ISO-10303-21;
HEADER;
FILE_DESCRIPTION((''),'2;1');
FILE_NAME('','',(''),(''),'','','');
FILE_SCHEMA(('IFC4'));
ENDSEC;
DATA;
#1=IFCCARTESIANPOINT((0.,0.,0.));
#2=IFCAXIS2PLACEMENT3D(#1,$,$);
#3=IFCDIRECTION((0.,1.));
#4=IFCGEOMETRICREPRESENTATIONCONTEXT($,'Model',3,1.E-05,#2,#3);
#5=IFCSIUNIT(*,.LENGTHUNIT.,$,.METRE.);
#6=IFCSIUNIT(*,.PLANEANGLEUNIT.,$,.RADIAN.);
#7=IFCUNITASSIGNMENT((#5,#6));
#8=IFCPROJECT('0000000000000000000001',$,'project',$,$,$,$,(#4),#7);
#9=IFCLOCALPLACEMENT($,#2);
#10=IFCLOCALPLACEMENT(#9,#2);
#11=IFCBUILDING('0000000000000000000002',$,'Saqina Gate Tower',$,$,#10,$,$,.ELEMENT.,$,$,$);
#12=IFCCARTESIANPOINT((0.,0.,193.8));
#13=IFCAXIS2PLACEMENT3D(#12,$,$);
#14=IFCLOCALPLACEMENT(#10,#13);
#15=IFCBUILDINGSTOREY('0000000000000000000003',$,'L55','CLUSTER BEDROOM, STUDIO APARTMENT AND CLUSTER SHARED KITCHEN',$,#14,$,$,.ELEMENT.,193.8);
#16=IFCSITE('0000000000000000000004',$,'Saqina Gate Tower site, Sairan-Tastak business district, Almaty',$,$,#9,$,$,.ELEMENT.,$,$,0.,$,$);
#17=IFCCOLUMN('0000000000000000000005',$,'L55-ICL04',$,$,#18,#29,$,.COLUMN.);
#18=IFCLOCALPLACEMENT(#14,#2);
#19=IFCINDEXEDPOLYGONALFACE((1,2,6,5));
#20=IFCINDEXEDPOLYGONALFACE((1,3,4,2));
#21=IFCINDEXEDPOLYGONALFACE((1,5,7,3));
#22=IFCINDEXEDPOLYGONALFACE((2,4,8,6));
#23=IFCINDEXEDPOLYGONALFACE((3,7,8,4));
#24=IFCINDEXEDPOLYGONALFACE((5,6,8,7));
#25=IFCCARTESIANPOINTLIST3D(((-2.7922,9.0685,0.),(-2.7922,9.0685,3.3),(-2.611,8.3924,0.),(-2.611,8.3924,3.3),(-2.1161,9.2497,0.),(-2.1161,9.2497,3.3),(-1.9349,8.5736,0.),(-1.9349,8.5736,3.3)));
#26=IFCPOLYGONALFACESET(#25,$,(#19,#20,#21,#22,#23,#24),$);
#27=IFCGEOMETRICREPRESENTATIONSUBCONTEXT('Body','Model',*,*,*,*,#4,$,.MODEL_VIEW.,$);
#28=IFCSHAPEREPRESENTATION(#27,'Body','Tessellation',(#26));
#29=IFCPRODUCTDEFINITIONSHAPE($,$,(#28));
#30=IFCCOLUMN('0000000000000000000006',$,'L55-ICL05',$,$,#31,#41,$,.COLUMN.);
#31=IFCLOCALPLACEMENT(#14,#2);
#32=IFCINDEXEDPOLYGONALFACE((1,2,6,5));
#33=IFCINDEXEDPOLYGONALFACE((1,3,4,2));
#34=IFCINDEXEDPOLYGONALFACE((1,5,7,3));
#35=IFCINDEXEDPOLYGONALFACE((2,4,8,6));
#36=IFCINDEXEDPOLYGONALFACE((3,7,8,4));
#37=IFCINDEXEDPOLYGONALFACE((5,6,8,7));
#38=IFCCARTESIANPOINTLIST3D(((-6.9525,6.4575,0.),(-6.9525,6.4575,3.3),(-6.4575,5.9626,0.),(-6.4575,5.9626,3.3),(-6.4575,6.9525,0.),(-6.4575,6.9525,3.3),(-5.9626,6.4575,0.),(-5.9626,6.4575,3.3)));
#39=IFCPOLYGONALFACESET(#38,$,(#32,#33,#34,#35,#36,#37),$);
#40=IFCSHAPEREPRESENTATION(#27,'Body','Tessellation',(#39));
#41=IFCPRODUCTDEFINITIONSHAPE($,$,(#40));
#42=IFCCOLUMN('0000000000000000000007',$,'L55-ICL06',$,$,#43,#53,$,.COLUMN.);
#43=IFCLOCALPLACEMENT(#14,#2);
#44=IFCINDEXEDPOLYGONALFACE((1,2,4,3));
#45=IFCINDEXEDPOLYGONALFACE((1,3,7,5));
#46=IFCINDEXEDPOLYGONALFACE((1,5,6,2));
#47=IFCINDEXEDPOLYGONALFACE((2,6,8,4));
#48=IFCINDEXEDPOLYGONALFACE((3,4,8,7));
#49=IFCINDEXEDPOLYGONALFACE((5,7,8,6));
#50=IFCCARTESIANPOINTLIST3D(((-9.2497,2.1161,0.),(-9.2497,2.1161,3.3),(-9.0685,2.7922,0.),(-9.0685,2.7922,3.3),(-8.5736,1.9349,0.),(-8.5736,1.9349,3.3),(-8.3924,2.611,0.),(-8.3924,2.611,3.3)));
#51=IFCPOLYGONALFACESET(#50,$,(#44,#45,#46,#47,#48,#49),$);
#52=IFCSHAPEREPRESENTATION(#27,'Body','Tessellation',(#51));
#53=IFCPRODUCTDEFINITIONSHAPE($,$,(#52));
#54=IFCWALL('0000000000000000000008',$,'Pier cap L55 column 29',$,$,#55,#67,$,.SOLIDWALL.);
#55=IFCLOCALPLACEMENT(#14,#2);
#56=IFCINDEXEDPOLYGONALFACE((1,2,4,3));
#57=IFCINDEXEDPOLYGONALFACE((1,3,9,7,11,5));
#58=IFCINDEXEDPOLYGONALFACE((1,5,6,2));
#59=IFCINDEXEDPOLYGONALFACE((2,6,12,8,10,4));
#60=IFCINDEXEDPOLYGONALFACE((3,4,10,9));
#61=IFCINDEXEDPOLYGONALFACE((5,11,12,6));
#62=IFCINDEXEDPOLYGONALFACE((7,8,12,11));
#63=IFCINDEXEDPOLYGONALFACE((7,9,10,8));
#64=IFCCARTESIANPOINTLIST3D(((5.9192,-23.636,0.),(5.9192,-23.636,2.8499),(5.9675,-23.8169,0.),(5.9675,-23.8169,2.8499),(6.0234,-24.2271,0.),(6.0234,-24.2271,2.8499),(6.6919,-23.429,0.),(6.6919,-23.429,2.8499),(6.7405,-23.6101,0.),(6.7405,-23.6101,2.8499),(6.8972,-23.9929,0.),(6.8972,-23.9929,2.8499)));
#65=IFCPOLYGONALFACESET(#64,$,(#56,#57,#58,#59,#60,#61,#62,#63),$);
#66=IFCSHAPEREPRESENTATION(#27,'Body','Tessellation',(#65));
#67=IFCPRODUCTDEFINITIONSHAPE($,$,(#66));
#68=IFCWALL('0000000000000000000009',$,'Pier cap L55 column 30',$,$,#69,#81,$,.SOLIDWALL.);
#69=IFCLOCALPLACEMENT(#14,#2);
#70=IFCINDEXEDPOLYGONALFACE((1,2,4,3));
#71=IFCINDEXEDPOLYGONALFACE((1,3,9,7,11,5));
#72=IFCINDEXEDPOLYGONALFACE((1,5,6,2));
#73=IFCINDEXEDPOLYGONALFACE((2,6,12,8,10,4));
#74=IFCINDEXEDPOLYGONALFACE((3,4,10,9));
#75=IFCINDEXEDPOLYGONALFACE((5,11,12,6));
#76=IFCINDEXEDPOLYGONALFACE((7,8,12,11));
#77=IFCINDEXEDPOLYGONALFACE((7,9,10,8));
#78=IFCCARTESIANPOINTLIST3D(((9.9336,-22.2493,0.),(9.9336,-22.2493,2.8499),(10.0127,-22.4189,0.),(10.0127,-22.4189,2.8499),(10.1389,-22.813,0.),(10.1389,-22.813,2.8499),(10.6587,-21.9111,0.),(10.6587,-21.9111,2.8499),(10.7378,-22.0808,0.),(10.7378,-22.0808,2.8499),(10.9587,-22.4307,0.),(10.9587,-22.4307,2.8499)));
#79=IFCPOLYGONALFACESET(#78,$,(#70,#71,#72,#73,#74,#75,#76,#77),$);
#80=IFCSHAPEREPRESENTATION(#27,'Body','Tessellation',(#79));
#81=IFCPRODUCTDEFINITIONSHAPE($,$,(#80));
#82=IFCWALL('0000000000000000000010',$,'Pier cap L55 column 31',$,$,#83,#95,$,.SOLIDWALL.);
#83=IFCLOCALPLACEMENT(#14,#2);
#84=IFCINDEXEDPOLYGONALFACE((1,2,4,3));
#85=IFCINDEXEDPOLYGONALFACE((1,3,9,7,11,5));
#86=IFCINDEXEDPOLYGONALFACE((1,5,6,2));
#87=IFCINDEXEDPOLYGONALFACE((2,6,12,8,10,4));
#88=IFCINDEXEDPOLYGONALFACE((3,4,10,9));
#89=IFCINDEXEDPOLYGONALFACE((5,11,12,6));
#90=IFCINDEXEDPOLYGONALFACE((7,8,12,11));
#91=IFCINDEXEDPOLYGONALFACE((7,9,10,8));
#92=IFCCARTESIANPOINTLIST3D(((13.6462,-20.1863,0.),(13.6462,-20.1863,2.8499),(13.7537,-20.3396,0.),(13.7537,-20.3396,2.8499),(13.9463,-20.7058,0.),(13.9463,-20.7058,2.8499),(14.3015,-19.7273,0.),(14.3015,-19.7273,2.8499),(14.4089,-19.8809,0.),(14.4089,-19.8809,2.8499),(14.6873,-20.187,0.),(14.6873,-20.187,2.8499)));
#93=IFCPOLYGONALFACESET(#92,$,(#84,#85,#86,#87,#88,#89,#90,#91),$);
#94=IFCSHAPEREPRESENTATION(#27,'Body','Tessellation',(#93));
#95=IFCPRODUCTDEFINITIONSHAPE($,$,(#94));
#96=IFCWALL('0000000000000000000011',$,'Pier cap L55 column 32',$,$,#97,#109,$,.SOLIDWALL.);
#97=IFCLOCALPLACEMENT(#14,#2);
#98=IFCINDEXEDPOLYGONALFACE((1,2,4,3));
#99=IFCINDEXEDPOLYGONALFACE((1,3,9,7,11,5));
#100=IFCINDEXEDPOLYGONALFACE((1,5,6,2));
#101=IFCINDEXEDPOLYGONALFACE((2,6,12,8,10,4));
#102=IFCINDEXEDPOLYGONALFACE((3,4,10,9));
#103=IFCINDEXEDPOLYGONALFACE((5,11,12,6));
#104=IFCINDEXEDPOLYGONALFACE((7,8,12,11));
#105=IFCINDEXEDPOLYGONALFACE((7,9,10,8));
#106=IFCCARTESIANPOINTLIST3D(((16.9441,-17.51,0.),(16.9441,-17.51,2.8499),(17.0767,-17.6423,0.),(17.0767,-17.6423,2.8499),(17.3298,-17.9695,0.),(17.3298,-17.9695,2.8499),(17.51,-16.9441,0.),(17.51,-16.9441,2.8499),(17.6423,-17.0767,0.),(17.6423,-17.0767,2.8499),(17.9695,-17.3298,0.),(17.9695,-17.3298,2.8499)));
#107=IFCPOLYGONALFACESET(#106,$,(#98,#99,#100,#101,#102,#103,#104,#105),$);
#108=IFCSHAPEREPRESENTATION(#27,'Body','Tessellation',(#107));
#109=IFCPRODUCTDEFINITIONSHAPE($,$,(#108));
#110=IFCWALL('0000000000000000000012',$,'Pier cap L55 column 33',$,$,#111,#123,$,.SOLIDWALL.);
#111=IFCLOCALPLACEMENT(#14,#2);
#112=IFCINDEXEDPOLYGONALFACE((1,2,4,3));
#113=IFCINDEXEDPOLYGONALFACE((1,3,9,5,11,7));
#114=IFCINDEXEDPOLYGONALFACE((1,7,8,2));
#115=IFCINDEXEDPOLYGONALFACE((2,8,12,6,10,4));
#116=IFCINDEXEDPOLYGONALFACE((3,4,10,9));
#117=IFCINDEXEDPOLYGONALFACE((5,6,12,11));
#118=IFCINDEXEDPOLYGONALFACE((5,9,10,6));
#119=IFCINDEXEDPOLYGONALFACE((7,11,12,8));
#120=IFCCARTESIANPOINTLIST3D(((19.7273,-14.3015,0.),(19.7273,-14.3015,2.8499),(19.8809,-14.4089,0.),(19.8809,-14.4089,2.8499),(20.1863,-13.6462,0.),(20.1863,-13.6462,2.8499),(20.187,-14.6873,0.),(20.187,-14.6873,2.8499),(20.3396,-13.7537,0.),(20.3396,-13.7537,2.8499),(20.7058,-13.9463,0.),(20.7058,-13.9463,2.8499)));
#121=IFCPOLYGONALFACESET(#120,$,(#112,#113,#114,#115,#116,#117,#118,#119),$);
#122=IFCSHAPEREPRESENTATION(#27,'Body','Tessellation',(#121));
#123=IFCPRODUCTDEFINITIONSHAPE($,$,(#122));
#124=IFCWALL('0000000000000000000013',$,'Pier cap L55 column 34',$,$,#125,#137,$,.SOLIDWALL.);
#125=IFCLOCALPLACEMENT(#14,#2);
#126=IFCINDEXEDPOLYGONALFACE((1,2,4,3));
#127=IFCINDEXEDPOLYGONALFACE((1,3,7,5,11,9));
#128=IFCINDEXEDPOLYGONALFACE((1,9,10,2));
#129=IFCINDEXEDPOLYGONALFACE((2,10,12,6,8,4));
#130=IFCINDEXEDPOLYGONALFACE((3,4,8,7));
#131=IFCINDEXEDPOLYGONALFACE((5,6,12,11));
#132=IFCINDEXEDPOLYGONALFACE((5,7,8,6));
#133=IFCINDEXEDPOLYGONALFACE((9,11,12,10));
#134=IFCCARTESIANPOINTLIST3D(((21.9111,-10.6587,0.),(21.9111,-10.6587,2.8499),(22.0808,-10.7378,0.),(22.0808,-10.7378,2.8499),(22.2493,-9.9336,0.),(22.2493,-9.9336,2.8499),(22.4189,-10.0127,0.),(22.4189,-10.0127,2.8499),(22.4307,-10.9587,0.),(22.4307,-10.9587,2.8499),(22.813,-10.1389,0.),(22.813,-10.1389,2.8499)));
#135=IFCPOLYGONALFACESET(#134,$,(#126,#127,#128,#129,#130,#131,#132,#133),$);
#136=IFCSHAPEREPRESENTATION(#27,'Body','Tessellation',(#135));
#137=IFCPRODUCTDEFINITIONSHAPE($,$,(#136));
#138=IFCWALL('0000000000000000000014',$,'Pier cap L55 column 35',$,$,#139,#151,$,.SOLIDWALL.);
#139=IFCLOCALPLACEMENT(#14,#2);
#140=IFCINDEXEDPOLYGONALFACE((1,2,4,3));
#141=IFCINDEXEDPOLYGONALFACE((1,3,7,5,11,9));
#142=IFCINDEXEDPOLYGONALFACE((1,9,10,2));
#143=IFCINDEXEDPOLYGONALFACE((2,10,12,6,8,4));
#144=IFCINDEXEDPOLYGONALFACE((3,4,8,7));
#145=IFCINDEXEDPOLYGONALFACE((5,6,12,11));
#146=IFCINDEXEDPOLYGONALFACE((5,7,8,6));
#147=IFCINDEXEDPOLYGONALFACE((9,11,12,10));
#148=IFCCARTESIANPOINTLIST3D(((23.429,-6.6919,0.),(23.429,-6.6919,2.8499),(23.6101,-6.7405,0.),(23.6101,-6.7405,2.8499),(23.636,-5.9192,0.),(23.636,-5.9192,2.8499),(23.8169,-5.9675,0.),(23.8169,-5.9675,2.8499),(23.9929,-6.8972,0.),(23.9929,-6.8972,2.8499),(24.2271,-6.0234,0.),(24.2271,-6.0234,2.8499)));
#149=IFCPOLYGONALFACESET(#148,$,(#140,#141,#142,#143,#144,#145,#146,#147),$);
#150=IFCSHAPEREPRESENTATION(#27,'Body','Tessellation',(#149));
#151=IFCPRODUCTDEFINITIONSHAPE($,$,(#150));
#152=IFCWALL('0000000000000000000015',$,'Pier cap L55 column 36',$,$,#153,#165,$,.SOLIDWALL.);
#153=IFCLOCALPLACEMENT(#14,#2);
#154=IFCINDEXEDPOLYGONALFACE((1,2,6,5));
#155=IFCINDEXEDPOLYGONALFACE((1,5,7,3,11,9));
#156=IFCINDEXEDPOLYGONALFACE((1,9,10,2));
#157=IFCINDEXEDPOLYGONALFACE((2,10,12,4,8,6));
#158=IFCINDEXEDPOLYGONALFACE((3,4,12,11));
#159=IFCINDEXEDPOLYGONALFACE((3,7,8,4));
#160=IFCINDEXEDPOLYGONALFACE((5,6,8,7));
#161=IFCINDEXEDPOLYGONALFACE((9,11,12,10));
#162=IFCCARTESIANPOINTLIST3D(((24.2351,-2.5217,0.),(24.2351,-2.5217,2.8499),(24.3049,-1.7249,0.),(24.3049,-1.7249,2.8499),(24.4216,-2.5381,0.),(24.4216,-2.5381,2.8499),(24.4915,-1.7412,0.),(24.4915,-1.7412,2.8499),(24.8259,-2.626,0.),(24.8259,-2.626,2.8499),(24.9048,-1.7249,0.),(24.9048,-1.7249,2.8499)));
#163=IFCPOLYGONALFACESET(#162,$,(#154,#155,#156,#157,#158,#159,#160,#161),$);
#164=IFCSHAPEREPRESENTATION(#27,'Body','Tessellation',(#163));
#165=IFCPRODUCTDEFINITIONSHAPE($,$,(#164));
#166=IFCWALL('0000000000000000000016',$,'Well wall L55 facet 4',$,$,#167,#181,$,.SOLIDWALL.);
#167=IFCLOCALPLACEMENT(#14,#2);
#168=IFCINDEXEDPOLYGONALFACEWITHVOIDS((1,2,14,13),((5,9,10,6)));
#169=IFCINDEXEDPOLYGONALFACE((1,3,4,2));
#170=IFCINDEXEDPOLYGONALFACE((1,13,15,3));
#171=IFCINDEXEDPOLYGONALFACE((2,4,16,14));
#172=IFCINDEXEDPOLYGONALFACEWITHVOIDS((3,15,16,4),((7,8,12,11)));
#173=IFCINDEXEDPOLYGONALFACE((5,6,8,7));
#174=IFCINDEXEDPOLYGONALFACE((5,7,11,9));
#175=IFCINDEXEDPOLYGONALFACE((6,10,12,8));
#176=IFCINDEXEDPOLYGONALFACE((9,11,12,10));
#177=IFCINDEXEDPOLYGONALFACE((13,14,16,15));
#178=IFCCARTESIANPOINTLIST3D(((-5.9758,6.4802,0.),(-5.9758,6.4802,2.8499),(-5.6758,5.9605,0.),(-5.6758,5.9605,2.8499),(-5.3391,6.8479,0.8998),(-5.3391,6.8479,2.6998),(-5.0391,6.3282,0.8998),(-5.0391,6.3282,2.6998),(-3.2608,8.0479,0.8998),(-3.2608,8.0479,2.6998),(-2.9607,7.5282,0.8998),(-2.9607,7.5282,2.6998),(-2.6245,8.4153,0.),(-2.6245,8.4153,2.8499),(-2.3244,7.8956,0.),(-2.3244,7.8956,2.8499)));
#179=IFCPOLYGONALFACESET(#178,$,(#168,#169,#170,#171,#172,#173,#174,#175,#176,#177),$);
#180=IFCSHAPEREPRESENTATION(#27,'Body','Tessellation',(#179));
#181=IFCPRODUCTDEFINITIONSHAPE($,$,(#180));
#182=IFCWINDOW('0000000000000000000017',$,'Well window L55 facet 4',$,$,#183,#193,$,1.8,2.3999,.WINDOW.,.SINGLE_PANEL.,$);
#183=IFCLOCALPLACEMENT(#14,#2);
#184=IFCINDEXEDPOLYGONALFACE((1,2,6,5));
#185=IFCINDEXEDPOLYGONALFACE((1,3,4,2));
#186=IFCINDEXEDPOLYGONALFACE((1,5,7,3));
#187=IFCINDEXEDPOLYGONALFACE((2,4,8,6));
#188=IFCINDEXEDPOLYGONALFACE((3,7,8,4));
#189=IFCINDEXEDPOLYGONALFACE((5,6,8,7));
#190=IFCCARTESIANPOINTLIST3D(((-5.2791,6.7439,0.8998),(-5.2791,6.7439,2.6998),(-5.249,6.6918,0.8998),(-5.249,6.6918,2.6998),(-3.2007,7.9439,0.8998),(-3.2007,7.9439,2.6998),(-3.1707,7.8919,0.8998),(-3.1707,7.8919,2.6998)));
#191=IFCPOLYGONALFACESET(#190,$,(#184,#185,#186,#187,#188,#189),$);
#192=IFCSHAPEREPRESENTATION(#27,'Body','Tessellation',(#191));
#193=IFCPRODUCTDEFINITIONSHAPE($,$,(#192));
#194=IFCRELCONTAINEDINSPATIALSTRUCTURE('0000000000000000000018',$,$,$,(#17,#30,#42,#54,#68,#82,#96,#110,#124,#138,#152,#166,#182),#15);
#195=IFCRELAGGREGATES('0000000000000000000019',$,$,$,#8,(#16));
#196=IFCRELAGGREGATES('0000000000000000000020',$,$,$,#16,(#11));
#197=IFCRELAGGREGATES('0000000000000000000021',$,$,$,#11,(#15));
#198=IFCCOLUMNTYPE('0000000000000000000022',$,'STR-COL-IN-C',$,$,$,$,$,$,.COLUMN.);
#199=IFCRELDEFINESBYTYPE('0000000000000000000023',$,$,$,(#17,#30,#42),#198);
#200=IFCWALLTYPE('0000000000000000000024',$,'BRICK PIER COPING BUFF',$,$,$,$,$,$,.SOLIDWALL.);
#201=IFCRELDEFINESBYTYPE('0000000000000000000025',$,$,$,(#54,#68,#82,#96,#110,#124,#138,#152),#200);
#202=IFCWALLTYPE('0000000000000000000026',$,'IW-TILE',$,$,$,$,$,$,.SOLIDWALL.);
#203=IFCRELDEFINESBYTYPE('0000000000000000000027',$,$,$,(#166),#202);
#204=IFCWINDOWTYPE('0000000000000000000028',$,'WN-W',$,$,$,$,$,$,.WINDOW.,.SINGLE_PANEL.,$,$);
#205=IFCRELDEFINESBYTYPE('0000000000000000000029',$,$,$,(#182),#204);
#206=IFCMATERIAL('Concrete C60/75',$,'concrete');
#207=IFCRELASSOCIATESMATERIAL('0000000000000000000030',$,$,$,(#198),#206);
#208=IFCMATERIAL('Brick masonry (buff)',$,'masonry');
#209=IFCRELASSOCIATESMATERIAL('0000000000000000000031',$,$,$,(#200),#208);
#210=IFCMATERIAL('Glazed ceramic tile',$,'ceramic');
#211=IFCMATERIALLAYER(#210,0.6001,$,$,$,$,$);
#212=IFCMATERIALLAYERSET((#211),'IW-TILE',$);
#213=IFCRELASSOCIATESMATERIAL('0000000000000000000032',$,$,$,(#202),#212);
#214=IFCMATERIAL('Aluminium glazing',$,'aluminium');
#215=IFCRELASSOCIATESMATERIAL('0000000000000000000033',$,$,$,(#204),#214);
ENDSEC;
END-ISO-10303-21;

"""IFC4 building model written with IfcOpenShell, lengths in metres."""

from ifc_helpers import new_model, si_unit, direction, frame, frame_2d, origin, origin_2d, place, context, subcontext, project, spatial, polyline, rectangle, outline, extrude, material, layer, layer_set, material_profile, profile_set, type_object, element, fill, save


model = new_model("IFC4")

# Units and contexts
model_context = context("Model", 3, precision=1e-05, world=origin(), true_north=direction((0.0, 1.0)))
body_context = subcontext(model_context, "Body", "Model", "MODEL_VIEW")
ifc_project = project(units=[si_unit("LENGTHUNIT", "METRE"), si_unit("PLANEANGLEUNIT", "RADIAN")], contexts=[model_context])

# Site, building, storey
site_placement = place(None, origin())
site = spatial("IfcSite", under=ifc_project, at=site_placement, Name="Saqina Gate Tower site, Sairan-Tastak business district, Almaty", CompositionType="ELEMENT", RefElevation=0.0)
building_placement = place(site_placement, origin())
building = spatial("IfcBuilding", under=site, at=building_placement, Name="Saqina Gate Tower", CompositionType="ELEMENT")
storey_placement = place(building_placement, frame((0.0, 0.0, 193.8)))
storey = spatial("IfcBuildingStorey", under=building, at=storey_placement, Name="L55", Description="CLUSTER BEDROOM, STUDIO APARTMENT AND CLUSTER SHARED KITCHEN", CompositionType="ELEMENT", Elevation=193.8)

# Columns
ifc_material_1 = material(Name="Concrete C60/75", Category="concrete")
ifc_material_profile = material_profile(ifc_material_1, rectangle(XDim=0.7, YDim=0.7, at=origin_2d()), Name="RC 700x700")
ifc_profile_set = profile_set([ifc_material_profile], Name="Concrete C60/75")
column_type = type_object("IfcColumnType", Name="STR-COL-IN-C", PredefinedType="COLUMN", material=ifc_profile_set)
for number, where, z_axis, x_axis, name in (
    (1, (-2.3635, 8.821, 0.0), (0.0, 0.0, 1.0), (-0.258819, 0.965926, 0.0), "L55-ICL04"),
    (2, (-6.4575, 6.4575, 0.0), (0.0, 0.0, 1.0), (-0.707107, 0.707107, 0.0), "L55-ICL05"),
    (3, (-8.821, 2.3635, 0.0), (0.0, 0.0, 1.0), (-0.965926, 0.258819, 0.0), "L55-ICL06"),
):
    element("IfcColumn", number, at=place(storey_placement, frame(where, z_axis=z_axis, x_axis=x_axis)), inside=storey, type_object=column_type, Name=name, PredefinedType="COLUMN", context=body_context, shape_type="SweptSolid", body=[
        extrude(rectangle(XDim=0.7, YDim=0.7, at=origin_2d()), origin(), (0.0, 0.0, 1.0), 3.3),
    ])

# Walls
ifc_material_2 = material(Name="Brick masonry (buff)", Category="masonry")
wall_type_1 = type_object("IfcWallType", Name="BRICK PIER COPING BUFF", PredefinedType="SOLIDWALL", material=ifc_material_2)
wall_1_placement = place(storey_placement, origin())
element("IfcWall", 4, at=wall_1_placement, inside=storey, type_object=wall_type_1, Name="Pier cap L55 column 29", PredefinedType="SOLIDWALL", context=body_context, shape_type="SweptSolid", body=[
    extrude(outline(polyline([(6.0234, -24.2271), (6.8972, -23.9929), (6.6919, -23.429), (6.7405, -23.6101), (5.9675, -23.8169), (5.9192, -23.636), (6.0234, -24.2271)])), origin(), (0.0, 0.0, 1.0), 2.8499),
])
wall_2_placement = place(storey_placement, origin())
element("IfcWall", 5, at=wall_2_placement, inside=storey, type_object=wall_type_1, Name="Pier cap L55 column 30", PredefinedType="SOLIDWALL", context=body_context, shape_type="SweptSolid", body=[
    extrude(outline(polyline([(10.9587, -22.4307), (10.6587, -21.9111), (10.7378, -22.0808), (10.0127, -22.4189), (9.9336, -22.2493), (10.1389, -22.813), (10.9587, -22.4307)])), origin(), (0.0, 0.0, 1.0), 2.8499),
])
wall_3_placement = place(storey_placement, origin())
element("IfcWall", 6, at=wall_3_placement, inside=storey, type_object=wall_type_1, Name="Pier cap L55 column 31", PredefinedType="SOLIDWALL", context=body_context, shape_type="SweptSolid", body=[
    extrude(outline(polyline([(13.9463, -20.7058), (14.6873, -20.187), (14.3015, -19.7273), (14.4089, -19.8809), (13.7537, -20.3396), (13.6462, -20.1863), (13.9463, -20.7058)])), origin(), (0.0, 0.0, 1.0), 2.8499),
])
wall_4_placement = place(storey_placement, origin())
element("IfcWall", 7, at=wall_4_placement, inside=storey, type_object=wall_type_1, Name="Pier cap L55 column 32", PredefinedType="SOLIDWALL", context=body_context, shape_type="SweptSolid", body=[
    extrude(outline(polyline([(17.9695, -17.3298), (17.51, -16.9441), (17.6423, -17.0767), (17.0767, -17.6423), (16.9441, -17.51), (17.3298, -17.9695), (17.9695, -17.3298)])), origin(), (0.0, 0.0, 1.0), 2.8499),
])
wall_5_placement = place(storey_placement, origin())
element("IfcWall", 8, at=wall_5_placement, inside=storey, type_object=wall_type_1, Name="Pier cap L55 column 33", PredefinedType="SOLIDWALL", context=body_context, shape_type="SweptSolid", body=[
    extrude(outline(polyline([(20.187, -14.6873), (20.7058, -13.9463), (20.1863, -13.6462), (20.3396, -13.7537), (19.8809, -14.4089), (19.7273, -14.3015), (20.187, -14.6873)])), origin(), (0.0, 0.0, 1.0), 2.8499),
])
wall_6_placement = place(storey_placement, origin())
element("IfcWall", 9, at=wall_6_placement, inside=storey, type_object=wall_type_1, Name="Pier cap L55 column 34", PredefinedType="SOLIDWALL", context=body_context, shape_type="SweptSolid", body=[
    extrude(outline(polyline([(22.813, -10.1389), (22.2493, -9.9336), (22.4189, -10.0127), (22.0808, -10.7378), (21.9111, -10.6587), (22.4307, -10.9587), (22.813, -10.1389)])), origin(), (0.0, 0.0, 1.0), 2.8499),
])
wall_7_placement = place(storey_placement, origin())
element("IfcWall", 10, at=wall_7_placement, inside=storey, type_object=wall_type_1, Name="Pier cap L55 column 35", PredefinedType="SOLIDWALL", context=body_context, shape_type="SweptSolid", body=[
    extrude(outline(polyline([(24.2271, -6.0234), (23.636, -5.9192), (23.8169, -5.9675), (23.6101, -6.7405), (23.429, -6.6919), (23.9929, -6.8972), (24.2271, -6.0234)])), origin(), (0.0, 0.0, 1.0), 2.8499),
])
wall_8_placement = place(storey_placement, origin())
element("IfcWall", 11, at=wall_8_placement, inside=storey, type_object=wall_type_1, Name="Pier cap L55 column 36", PredefinedType="SOLIDWALL", context=body_context, shape_type="SweptSolid", body=[
    extrude(outline(polyline([(24.8259, -2.626), (24.9048, -1.7249), (24.3049, -1.7249), (24.4915, -1.7412), (24.4216, -2.5381), (24.2351, -2.5217), (24.8259, -2.626)])), origin(), (0.0, 0.0, 1.0), 2.8499),
])

# Wall, opening, window
ifc_material_3 = material(Name="Glazed ceramic tile", Category="ceramic")
ifc_layer_1 = layer(ifc_material_3, 0.6001)
ifc_layer_set_1 = layer_set([ifc_layer_1], Name="IW-TILE")
wall_type_2 = type_object("IfcWallType", Name="IW-TILE", PredefinedType="SOLIDWALL", material=ifc_layer_set_1)
wall_9_placement = place(storey_placement, frame((-2.4744, 8.1555, 0.0), z_axis=(0.0, 0.0, 1.0), x_axis=(-0.866006, -0.500034, 0.0)))
wall_9 = element("IfcWall", 12, at=wall_9_placement, inside=storey, type_object=wall_type_2, Name="Well wall L55 facet 4", PredefinedType="SOLIDWALL", context=body_context, shape_type="SweptSolid", body=[
    extrude(rectangle(XDim=3.8699, YDim=0.6001, at=frame_2d((1.9351, 0.0))), origin(), (0.0, 0.0, 1.0), 2.8499),
])
opening_1_placement = place(wall_9_placement, frame((0.7349, 0.0, 0.8999)))
opening_1 = element("IfcOpeningElement", 13, at=opening_1_placement, cuts=wall_9, PredefinedType="OPENING", context=body_context, shape_type="SweptSolid", body=[
    extrude(rectangle(XDim=2.3999, YDim=1.8, at=frame_2d((1.2, 0.8999))), frame((0.0, 0.312, 0.0), z_axis=(0.0, -1.0, 0.0), x_axis=(1.0, 0.0, 0.0)), (0.0, 0.0, 1.0), 0.624),
])
ifc_material_4 = material(Name="Aluminium glazing", Category="aluminium")
window_type = type_object("IfcWindowType", Name="WN-W", PartitioningType="SINGLE_PANEL", PredefinedType="WINDOW", material=ifc_material_4)
window_1_placement = place(opening_1_placement, origin())
window_1 = element("IfcWindow", 14, at=window_1_placement, inside=storey, type_object=window_type, Name="Well window L55 facet 4", OverallHeight=1.8, OverallWidth=2.3999, PartitioningType="SINGLE_PANEL", PredefinedType="WINDOW", context=body_context, shape_type="SweptSolid", body=[
    extrude(rectangle(XDim=2.3999, YDim=1.8, at=frame_2d((1.2, 0.8999))), frame((0.0, -0.1199, 0.0), z_axis=(0.0, -1.0, 0.0), x_axis=(1.0, 0.0, 0.0)), (0.0, 0.0, 1.0), 0.0601),
])
fill(opening_1, window_1)

save(model, "model.ifc")
